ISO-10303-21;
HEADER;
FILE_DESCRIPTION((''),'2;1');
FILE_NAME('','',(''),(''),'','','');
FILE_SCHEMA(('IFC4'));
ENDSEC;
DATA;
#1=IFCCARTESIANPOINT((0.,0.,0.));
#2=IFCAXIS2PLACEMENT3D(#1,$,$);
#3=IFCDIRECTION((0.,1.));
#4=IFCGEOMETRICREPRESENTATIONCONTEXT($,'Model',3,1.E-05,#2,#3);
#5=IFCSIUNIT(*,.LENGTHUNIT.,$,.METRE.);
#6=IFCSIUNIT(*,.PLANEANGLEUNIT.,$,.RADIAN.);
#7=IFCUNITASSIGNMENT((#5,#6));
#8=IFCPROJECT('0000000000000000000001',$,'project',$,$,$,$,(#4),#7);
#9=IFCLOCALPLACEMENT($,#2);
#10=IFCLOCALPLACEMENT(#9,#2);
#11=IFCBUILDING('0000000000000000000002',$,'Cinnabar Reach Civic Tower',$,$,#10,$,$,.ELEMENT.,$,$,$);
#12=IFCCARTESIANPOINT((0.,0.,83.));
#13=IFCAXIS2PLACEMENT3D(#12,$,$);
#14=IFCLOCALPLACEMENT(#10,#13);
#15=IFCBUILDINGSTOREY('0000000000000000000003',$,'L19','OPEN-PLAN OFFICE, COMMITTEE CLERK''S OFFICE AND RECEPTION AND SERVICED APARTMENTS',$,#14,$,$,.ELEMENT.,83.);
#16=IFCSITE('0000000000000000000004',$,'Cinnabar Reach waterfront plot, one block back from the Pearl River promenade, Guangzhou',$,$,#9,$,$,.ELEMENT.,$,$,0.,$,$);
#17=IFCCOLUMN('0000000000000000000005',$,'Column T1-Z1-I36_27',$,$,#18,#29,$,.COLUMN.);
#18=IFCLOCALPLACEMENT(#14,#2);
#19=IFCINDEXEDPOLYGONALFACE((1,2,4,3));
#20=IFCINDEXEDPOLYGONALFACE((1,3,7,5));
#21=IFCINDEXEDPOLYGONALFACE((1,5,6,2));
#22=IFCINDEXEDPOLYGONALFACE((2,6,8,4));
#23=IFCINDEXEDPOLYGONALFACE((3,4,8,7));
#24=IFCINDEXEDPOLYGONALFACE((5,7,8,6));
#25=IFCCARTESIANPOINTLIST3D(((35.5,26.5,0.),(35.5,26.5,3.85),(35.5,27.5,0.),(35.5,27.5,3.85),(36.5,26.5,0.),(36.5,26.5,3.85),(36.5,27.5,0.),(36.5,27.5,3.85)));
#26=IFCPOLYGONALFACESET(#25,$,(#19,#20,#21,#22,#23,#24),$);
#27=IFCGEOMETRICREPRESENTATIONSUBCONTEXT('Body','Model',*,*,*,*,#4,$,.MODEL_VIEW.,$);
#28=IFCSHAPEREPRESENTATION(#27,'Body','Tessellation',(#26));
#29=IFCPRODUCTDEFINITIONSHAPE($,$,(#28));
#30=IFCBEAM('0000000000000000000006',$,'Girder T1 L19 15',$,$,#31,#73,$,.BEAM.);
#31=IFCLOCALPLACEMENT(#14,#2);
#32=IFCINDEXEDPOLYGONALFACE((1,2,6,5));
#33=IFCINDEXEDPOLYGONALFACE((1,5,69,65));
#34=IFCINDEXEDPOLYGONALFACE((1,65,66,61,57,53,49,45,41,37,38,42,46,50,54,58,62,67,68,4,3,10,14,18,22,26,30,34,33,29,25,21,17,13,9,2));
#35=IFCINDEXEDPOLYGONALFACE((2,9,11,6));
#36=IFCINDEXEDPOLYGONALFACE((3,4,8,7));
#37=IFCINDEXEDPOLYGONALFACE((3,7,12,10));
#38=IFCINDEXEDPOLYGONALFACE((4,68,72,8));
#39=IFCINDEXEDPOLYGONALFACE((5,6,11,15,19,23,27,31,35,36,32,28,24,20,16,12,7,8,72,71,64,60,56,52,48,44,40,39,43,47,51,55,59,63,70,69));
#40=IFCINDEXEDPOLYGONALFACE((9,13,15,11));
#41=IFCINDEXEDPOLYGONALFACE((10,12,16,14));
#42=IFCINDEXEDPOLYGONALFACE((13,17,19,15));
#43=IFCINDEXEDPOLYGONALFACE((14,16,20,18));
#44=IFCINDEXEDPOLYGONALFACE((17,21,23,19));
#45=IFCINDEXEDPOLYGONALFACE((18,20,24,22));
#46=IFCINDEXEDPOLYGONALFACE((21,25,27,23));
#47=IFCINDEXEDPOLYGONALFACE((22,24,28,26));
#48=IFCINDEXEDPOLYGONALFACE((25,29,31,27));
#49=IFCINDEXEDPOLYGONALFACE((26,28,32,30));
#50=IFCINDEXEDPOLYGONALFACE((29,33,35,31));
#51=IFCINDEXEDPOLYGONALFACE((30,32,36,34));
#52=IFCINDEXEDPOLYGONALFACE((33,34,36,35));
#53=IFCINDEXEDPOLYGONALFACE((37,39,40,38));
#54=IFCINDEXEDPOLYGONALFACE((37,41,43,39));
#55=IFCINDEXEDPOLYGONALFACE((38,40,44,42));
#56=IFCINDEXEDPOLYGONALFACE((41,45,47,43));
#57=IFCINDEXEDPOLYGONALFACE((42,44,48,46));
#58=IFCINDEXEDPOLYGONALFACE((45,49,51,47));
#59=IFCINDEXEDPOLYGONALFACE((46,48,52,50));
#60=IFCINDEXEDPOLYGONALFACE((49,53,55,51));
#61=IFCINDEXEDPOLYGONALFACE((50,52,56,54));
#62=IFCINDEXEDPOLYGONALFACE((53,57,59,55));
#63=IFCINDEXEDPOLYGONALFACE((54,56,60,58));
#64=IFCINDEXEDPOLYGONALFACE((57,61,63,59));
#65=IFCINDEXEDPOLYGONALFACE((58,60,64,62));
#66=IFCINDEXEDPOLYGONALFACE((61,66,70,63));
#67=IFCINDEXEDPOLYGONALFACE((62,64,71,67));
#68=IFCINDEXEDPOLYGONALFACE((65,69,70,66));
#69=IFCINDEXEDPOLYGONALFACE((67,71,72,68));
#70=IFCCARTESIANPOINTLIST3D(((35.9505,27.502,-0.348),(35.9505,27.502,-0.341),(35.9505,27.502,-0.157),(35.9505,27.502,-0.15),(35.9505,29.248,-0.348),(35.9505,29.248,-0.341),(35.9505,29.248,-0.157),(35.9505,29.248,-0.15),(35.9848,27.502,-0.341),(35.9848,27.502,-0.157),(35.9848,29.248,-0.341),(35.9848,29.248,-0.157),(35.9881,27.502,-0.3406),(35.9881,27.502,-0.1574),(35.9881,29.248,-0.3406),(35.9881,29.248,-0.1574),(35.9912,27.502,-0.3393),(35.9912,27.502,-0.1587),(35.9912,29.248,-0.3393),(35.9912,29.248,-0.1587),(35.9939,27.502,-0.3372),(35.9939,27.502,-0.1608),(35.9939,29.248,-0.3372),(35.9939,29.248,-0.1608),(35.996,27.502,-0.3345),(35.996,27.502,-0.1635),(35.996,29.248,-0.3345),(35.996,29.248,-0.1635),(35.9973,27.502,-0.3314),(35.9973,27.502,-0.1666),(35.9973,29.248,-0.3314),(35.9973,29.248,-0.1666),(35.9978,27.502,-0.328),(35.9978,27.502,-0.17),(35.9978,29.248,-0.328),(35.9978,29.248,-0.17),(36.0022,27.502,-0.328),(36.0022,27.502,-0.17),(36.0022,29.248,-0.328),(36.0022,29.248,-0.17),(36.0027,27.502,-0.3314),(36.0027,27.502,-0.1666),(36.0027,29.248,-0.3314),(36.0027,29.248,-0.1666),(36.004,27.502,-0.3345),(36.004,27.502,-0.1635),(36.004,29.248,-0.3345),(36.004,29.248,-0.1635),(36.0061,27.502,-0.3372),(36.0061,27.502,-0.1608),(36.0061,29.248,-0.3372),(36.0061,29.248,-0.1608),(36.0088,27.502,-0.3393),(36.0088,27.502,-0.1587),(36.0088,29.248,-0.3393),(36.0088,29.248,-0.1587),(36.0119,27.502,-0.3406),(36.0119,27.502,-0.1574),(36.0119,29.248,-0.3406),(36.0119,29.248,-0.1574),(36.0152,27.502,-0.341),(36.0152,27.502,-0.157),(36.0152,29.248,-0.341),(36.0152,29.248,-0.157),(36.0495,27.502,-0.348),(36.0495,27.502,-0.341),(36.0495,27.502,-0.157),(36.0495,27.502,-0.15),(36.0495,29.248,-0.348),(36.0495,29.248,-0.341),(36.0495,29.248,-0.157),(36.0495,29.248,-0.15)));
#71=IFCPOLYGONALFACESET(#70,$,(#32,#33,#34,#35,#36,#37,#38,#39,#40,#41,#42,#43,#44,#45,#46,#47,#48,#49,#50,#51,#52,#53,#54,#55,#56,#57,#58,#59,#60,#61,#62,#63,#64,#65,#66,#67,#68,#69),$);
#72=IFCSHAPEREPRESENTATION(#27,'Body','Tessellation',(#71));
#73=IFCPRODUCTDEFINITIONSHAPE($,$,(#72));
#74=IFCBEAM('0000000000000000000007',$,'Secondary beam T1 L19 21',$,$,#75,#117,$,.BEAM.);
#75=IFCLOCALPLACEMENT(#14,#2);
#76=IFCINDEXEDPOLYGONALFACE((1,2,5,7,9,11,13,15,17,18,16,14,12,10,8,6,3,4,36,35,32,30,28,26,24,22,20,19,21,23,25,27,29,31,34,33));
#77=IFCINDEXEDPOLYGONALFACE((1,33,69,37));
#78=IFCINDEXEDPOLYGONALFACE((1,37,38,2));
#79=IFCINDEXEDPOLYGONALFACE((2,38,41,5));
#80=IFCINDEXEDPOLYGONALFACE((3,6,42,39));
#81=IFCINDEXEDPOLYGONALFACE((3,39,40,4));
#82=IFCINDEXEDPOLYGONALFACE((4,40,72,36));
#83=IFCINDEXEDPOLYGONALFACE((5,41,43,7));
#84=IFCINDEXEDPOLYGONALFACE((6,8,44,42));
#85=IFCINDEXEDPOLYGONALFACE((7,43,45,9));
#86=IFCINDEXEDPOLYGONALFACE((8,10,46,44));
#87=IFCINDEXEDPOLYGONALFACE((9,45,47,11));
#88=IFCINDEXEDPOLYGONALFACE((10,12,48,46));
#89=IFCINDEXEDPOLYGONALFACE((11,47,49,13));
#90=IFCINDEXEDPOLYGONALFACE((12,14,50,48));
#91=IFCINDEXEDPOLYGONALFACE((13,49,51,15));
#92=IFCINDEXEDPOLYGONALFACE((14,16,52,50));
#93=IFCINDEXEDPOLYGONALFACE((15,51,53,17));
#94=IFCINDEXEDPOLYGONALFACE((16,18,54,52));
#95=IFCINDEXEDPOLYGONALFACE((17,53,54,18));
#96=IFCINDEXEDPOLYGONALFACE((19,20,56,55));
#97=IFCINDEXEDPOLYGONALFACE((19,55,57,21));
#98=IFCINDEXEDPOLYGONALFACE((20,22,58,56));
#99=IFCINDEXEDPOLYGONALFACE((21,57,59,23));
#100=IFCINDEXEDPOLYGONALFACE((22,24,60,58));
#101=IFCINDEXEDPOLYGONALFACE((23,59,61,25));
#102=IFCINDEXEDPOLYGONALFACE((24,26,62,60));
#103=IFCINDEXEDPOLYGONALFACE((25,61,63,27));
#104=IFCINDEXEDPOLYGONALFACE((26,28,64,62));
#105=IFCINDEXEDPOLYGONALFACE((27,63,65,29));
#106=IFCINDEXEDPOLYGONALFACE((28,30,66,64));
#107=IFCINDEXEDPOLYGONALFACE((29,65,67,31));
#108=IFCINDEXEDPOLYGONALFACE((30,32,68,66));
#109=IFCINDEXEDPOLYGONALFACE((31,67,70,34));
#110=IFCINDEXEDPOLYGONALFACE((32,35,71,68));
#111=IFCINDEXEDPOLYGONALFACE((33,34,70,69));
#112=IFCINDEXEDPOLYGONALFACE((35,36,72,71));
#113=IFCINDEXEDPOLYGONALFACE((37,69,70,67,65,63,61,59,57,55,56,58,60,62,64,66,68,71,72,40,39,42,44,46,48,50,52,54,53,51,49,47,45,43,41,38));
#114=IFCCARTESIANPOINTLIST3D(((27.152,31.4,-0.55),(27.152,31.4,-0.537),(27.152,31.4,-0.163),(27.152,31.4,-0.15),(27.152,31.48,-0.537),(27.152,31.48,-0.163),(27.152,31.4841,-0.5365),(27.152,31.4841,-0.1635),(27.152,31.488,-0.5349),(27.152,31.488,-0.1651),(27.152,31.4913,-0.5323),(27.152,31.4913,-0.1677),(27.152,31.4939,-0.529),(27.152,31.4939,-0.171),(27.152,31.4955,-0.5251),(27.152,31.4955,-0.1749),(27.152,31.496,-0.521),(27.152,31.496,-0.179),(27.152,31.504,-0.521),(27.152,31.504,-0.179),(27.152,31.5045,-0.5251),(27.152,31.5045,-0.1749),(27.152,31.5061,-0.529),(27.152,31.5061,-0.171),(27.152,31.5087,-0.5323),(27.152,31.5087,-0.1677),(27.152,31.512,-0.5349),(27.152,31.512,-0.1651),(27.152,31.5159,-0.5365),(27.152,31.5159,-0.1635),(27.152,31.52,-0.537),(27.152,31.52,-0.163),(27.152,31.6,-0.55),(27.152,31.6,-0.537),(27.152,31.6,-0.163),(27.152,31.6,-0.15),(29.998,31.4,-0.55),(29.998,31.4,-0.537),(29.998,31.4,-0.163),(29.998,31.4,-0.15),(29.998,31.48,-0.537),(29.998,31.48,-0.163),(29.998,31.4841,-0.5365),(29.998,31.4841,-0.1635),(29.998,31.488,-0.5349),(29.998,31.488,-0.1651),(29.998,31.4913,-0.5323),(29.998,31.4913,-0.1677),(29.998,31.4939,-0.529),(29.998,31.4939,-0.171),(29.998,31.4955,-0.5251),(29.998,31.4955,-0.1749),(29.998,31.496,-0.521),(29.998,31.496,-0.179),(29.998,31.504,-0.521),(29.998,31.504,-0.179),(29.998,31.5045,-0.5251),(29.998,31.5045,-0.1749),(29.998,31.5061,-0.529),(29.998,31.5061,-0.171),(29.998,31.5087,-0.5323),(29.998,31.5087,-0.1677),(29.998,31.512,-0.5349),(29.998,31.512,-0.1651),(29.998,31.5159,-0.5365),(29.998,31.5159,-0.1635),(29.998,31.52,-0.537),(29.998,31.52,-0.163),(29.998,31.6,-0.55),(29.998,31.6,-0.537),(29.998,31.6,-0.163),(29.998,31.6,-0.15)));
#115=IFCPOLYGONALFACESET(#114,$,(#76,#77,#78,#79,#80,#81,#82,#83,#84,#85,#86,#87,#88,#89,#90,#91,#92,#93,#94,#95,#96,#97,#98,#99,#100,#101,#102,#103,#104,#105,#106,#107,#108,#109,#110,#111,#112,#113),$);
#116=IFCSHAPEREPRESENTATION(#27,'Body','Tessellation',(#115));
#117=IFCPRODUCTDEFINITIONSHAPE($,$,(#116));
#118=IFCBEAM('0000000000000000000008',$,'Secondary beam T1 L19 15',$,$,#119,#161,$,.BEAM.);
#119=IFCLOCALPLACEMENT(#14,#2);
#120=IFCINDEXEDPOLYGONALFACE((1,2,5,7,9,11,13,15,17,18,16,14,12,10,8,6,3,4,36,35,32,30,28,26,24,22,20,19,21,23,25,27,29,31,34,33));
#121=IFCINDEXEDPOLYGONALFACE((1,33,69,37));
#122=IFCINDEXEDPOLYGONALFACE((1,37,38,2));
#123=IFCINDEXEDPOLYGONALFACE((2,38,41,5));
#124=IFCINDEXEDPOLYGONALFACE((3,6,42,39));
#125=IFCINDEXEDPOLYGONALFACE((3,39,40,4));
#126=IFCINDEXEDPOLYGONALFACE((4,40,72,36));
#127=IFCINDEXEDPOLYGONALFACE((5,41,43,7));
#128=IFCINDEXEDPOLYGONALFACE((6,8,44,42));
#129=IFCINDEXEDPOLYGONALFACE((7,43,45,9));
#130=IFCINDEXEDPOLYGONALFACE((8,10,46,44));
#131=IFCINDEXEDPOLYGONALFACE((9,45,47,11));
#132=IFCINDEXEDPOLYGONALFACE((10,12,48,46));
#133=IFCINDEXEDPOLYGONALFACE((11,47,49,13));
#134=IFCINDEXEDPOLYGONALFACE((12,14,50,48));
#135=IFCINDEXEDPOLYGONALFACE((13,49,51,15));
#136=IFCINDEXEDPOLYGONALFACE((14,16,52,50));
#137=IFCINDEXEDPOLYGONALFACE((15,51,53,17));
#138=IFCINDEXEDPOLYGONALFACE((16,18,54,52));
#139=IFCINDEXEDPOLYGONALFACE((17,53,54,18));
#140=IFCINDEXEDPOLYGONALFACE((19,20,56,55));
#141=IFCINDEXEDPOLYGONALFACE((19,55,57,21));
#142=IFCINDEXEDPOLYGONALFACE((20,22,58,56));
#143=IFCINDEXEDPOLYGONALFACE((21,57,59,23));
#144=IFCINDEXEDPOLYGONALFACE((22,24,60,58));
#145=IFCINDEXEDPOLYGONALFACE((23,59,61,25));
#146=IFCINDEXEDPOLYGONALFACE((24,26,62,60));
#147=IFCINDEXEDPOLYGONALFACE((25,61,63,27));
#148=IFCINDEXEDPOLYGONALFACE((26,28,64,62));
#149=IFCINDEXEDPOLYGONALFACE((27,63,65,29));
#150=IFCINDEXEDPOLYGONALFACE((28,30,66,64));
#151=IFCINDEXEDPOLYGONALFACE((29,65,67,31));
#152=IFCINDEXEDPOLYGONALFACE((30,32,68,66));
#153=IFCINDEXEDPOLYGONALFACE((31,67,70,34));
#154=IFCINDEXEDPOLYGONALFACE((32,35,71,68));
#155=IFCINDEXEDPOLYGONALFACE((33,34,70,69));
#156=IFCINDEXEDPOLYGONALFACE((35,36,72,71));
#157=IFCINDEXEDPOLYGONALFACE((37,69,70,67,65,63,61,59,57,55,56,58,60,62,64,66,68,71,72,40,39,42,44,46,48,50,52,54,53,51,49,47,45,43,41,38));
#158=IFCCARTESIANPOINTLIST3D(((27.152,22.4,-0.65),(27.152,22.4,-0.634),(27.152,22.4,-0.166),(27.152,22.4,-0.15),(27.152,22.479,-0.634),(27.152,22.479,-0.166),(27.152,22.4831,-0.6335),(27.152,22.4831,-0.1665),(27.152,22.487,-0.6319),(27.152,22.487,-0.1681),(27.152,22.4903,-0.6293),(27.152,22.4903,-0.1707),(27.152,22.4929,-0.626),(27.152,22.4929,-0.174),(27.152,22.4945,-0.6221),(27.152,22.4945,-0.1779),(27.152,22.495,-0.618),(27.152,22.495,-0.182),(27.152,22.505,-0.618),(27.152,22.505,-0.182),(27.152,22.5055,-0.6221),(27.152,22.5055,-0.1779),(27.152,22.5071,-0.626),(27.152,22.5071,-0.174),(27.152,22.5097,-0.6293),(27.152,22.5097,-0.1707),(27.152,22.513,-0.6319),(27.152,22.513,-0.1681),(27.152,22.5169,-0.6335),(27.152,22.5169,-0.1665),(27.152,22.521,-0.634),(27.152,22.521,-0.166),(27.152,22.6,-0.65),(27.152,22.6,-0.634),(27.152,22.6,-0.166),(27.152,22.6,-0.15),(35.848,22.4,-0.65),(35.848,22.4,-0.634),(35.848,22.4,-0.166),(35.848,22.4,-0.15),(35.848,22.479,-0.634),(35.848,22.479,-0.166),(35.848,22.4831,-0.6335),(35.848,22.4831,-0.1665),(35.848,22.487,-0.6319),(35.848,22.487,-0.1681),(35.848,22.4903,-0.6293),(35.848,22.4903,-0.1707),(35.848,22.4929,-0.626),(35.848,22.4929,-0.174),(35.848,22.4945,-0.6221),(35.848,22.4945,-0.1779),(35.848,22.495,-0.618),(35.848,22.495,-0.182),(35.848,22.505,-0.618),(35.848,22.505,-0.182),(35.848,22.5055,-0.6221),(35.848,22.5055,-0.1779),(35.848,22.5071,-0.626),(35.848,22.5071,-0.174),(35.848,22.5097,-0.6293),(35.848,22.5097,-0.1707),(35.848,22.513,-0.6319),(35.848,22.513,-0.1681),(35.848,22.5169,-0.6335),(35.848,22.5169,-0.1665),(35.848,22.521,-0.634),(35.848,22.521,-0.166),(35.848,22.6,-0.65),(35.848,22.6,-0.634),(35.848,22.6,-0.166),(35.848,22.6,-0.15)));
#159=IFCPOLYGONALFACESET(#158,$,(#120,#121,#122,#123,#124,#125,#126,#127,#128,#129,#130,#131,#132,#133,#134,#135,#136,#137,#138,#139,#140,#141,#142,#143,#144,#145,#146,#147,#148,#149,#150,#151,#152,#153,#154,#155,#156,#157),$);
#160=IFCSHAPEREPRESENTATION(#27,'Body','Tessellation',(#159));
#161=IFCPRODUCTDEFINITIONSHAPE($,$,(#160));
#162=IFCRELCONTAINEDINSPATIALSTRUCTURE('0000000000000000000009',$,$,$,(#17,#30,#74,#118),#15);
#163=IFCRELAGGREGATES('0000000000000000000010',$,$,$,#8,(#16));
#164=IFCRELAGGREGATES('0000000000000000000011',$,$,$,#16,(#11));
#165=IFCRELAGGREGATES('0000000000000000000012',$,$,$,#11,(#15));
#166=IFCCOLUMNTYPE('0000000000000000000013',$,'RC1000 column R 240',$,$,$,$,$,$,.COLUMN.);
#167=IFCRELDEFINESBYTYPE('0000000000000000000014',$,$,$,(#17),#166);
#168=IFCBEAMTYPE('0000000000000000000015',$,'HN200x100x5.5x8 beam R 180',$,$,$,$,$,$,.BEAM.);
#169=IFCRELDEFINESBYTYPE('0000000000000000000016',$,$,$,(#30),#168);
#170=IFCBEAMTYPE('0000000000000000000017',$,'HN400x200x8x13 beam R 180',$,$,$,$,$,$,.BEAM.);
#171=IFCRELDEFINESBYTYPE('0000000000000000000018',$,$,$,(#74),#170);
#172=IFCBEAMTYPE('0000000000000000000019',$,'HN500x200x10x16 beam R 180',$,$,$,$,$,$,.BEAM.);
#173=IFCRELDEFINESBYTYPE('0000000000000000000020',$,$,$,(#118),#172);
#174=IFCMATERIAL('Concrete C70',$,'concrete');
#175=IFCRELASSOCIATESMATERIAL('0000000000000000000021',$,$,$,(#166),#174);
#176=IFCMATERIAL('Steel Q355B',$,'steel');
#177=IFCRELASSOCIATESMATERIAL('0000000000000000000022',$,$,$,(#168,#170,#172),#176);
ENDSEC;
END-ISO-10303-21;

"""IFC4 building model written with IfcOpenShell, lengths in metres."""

from ifc_helpers import new_model, si_unit, direction, frame, origin, origin_2d, place, context, subcontext, project, spatial, rectangle, i_section, extrude, material, material_profile, profile_set, type_object, element, save


model = new_model("IFC4")

# Units and contexts
model_context = context("Model", 3, precision=1e-05, world=origin(), true_north=direction((0.0, 1.0)))
body_context = subcontext(model_context, "Body", "Model", "MODEL_VIEW")
ifc_project = project(units=[si_unit("LENGTHUNIT", "METRE"), si_unit("PLANEANGLEUNIT", "RADIAN")], contexts=[model_context])

# Site, building, storey
site_placement = place(None, origin())
site = spatial("IfcSite", under=ifc_project, at=site_placement, Name="Cinnabar Reach waterfront plot, one block back from the Pearl River promenade, Guangzhou", CompositionType="ELEMENT", RefElevation=0.0)
building_placement = place(site_placement, origin())
building = spatial("IfcBuilding", under=site, at=building_placement, Name="Cinnabar Reach Civic Tower", CompositionType="ELEMENT")
storey_placement = place(building_placement, frame((0.0, 0.0, 83.0)))
storey = spatial("IfcBuildingStorey", under=building, at=storey_placement, Name="L19", Description="OPEN-PLAN OFFICE, COMMITTEE CLERK'S OFFICE AND RECEPTION AND SERVICED APARTMENTS", CompositionType="ELEMENT", Elevation=83.0)

# Column
ifc_material_1 = material(Name="Concrete C70", Category="concrete")
ifc_material_profile_1 = material_profile(ifc_material_1, rectangle(XDim=1.0, YDim=1.0, at=origin_2d()), Name="RC1000")
ifc_profile_set_1 = profile_set([ifc_material_profile_1], Name="Concrete C70")
column_type = type_object("IfcColumnType", Name="RC1000 column R 240", PredefinedType="COLUMN", material=ifc_profile_set_1)
column_placement = place(storey_placement, frame((36.0, 27.0, 0.0), z_axis=(0.0, 0.0, 1.0), x_axis=(1.0, 0.0, 0.0)))
element("IfcColumn", 1, at=column_placement, inside=storey, type_object=column_type, Name="Column T1-Z1-I36_27", PredefinedType="COLUMN", context=body_context, shape_type="SweptSolid", body=[
    extrude(rectangle(XDim=1.0, YDim=1.0, at=origin_2d()), origin(), (0.0, 0.0, 1.0), 3.85),
])

# Beams
ifc_material_2 = material(Name="Steel Q355B", Category="steel")
ifc_material_profile_2 = material_profile(ifc_material_2, i_section(OverallWidth=0.099, OverallDepth=0.198, WebThickness=0.0045, FlangeThickness=0.007, FilletRadius=0.013, at=origin_2d()), Name="HN200x100x5.5x8")
ifc_profile_set_2 = profile_set([ifc_material_profile_2], Name="Steel Q355B")
beam_type_1 = type_object("IfcBeamType", Name="HN200x100x5.5x8 beam R 180", PredefinedType="BEAM", material=ifc_profile_set_2)
beam_1_placement = place(storey_placement, frame((36.0, 27.502, -0.249), z_axis=(0.0, 1.0, 0.0), x_axis=(-1.0, 0.0, 0.0)))
element("IfcBeam", 2, at=beam_1_placement, inside=storey, type_object=beam_type_1, Name="Girder T1 L19 15", PredefinedType="BEAM", context=body_context, shape_type="SweptSolid", body=[
    extrude(i_section(OverallWidth=0.099, OverallDepth=0.198, WebThickness=0.0045, FlangeThickness=0.007, FilletRadius=0.013, at=origin_2d()), origin(), (0.0, 0.0, 1.0), 1.746),
])
ifc_material_profile_3 = material_profile(ifc_material_2, i_section(OverallWidth=0.2, OverallDepth=0.4, WebThickness=0.008, FlangeThickness=0.013, FilletRadius=0.016, at=origin_2d()), Name="HN400x200x8x13")
ifc_profile_set_3 = profile_set([ifc_material_profile_3], Name="Steel Q355B")
beam_type_2 = type_object("IfcBeamType", Name="HN400x200x8x13 beam R 180", PredefinedType="BEAM", material=ifc_profile_set_3)
beam_2_placement = place(storey_placement, frame((27.152, 31.5, -0.35), z_axis=(1.0, 0.0, 0.0), x_axis=(0.0, 1.0, 0.0)))
element("IfcBeam", 3, at=beam_2_placement, inside=storey, type_object=beam_type_2, Name="Secondary beam T1 L19 21", PredefinedType="BEAM", context=body_context, shape_type="SweptSolid", body=[
    extrude(i_section(OverallWidth=0.2, OverallDepth=0.4, WebThickness=0.008, FlangeThickness=0.013, FilletRadius=0.016, at=origin_2d()), origin(), (0.0, 0.0, 1.0), 2.846),
])
ifc_material_profile_4 = material_profile(ifc_material_2, i_section(OverallWidth=0.2, OverallDepth=0.5, WebThickness=0.01, FlangeThickness=0.016, FilletRadius=0.016, at=origin_2d()), Name="HN500x200x10x16")
ifc_profile_set_4 = profile_set([ifc_material_profile_4], Name="Steel Q355B")
beam_type_3 = type_object("IfcBeamType", Name="HN500x200x10x16 beam R 180", PredefinedType="BEAM", material=ifc_profile_set_4)
for number, where, z_axis, x_axis, name in (
    (4, (27.152, 22.5, -0.4), (1.0, 0.0, 0.0), (0.0, 1.0, 0.0), "Secondary beam T1 L19 15"),
):
    element("IfcBeam", number, at=place(storey_placement, frame(where, z_axis=z_axis, x_axis=x_axis)), inside=storey, type_object=beam_type_3, Name=name, PredefinedType="BEAM", context=body_context, shape_type="SweptSolid", body=[
        extrude(i_section(OverallWidth=0.2, OverallDepth=0.5, WebThickness=0.01, FlangeThickness=0.016, FilletRadius=0.016, at=origin_2d()), origin(), (0.0, 0.0, 1.0), 8.696),
    ])

save(model, "model.ifc")
